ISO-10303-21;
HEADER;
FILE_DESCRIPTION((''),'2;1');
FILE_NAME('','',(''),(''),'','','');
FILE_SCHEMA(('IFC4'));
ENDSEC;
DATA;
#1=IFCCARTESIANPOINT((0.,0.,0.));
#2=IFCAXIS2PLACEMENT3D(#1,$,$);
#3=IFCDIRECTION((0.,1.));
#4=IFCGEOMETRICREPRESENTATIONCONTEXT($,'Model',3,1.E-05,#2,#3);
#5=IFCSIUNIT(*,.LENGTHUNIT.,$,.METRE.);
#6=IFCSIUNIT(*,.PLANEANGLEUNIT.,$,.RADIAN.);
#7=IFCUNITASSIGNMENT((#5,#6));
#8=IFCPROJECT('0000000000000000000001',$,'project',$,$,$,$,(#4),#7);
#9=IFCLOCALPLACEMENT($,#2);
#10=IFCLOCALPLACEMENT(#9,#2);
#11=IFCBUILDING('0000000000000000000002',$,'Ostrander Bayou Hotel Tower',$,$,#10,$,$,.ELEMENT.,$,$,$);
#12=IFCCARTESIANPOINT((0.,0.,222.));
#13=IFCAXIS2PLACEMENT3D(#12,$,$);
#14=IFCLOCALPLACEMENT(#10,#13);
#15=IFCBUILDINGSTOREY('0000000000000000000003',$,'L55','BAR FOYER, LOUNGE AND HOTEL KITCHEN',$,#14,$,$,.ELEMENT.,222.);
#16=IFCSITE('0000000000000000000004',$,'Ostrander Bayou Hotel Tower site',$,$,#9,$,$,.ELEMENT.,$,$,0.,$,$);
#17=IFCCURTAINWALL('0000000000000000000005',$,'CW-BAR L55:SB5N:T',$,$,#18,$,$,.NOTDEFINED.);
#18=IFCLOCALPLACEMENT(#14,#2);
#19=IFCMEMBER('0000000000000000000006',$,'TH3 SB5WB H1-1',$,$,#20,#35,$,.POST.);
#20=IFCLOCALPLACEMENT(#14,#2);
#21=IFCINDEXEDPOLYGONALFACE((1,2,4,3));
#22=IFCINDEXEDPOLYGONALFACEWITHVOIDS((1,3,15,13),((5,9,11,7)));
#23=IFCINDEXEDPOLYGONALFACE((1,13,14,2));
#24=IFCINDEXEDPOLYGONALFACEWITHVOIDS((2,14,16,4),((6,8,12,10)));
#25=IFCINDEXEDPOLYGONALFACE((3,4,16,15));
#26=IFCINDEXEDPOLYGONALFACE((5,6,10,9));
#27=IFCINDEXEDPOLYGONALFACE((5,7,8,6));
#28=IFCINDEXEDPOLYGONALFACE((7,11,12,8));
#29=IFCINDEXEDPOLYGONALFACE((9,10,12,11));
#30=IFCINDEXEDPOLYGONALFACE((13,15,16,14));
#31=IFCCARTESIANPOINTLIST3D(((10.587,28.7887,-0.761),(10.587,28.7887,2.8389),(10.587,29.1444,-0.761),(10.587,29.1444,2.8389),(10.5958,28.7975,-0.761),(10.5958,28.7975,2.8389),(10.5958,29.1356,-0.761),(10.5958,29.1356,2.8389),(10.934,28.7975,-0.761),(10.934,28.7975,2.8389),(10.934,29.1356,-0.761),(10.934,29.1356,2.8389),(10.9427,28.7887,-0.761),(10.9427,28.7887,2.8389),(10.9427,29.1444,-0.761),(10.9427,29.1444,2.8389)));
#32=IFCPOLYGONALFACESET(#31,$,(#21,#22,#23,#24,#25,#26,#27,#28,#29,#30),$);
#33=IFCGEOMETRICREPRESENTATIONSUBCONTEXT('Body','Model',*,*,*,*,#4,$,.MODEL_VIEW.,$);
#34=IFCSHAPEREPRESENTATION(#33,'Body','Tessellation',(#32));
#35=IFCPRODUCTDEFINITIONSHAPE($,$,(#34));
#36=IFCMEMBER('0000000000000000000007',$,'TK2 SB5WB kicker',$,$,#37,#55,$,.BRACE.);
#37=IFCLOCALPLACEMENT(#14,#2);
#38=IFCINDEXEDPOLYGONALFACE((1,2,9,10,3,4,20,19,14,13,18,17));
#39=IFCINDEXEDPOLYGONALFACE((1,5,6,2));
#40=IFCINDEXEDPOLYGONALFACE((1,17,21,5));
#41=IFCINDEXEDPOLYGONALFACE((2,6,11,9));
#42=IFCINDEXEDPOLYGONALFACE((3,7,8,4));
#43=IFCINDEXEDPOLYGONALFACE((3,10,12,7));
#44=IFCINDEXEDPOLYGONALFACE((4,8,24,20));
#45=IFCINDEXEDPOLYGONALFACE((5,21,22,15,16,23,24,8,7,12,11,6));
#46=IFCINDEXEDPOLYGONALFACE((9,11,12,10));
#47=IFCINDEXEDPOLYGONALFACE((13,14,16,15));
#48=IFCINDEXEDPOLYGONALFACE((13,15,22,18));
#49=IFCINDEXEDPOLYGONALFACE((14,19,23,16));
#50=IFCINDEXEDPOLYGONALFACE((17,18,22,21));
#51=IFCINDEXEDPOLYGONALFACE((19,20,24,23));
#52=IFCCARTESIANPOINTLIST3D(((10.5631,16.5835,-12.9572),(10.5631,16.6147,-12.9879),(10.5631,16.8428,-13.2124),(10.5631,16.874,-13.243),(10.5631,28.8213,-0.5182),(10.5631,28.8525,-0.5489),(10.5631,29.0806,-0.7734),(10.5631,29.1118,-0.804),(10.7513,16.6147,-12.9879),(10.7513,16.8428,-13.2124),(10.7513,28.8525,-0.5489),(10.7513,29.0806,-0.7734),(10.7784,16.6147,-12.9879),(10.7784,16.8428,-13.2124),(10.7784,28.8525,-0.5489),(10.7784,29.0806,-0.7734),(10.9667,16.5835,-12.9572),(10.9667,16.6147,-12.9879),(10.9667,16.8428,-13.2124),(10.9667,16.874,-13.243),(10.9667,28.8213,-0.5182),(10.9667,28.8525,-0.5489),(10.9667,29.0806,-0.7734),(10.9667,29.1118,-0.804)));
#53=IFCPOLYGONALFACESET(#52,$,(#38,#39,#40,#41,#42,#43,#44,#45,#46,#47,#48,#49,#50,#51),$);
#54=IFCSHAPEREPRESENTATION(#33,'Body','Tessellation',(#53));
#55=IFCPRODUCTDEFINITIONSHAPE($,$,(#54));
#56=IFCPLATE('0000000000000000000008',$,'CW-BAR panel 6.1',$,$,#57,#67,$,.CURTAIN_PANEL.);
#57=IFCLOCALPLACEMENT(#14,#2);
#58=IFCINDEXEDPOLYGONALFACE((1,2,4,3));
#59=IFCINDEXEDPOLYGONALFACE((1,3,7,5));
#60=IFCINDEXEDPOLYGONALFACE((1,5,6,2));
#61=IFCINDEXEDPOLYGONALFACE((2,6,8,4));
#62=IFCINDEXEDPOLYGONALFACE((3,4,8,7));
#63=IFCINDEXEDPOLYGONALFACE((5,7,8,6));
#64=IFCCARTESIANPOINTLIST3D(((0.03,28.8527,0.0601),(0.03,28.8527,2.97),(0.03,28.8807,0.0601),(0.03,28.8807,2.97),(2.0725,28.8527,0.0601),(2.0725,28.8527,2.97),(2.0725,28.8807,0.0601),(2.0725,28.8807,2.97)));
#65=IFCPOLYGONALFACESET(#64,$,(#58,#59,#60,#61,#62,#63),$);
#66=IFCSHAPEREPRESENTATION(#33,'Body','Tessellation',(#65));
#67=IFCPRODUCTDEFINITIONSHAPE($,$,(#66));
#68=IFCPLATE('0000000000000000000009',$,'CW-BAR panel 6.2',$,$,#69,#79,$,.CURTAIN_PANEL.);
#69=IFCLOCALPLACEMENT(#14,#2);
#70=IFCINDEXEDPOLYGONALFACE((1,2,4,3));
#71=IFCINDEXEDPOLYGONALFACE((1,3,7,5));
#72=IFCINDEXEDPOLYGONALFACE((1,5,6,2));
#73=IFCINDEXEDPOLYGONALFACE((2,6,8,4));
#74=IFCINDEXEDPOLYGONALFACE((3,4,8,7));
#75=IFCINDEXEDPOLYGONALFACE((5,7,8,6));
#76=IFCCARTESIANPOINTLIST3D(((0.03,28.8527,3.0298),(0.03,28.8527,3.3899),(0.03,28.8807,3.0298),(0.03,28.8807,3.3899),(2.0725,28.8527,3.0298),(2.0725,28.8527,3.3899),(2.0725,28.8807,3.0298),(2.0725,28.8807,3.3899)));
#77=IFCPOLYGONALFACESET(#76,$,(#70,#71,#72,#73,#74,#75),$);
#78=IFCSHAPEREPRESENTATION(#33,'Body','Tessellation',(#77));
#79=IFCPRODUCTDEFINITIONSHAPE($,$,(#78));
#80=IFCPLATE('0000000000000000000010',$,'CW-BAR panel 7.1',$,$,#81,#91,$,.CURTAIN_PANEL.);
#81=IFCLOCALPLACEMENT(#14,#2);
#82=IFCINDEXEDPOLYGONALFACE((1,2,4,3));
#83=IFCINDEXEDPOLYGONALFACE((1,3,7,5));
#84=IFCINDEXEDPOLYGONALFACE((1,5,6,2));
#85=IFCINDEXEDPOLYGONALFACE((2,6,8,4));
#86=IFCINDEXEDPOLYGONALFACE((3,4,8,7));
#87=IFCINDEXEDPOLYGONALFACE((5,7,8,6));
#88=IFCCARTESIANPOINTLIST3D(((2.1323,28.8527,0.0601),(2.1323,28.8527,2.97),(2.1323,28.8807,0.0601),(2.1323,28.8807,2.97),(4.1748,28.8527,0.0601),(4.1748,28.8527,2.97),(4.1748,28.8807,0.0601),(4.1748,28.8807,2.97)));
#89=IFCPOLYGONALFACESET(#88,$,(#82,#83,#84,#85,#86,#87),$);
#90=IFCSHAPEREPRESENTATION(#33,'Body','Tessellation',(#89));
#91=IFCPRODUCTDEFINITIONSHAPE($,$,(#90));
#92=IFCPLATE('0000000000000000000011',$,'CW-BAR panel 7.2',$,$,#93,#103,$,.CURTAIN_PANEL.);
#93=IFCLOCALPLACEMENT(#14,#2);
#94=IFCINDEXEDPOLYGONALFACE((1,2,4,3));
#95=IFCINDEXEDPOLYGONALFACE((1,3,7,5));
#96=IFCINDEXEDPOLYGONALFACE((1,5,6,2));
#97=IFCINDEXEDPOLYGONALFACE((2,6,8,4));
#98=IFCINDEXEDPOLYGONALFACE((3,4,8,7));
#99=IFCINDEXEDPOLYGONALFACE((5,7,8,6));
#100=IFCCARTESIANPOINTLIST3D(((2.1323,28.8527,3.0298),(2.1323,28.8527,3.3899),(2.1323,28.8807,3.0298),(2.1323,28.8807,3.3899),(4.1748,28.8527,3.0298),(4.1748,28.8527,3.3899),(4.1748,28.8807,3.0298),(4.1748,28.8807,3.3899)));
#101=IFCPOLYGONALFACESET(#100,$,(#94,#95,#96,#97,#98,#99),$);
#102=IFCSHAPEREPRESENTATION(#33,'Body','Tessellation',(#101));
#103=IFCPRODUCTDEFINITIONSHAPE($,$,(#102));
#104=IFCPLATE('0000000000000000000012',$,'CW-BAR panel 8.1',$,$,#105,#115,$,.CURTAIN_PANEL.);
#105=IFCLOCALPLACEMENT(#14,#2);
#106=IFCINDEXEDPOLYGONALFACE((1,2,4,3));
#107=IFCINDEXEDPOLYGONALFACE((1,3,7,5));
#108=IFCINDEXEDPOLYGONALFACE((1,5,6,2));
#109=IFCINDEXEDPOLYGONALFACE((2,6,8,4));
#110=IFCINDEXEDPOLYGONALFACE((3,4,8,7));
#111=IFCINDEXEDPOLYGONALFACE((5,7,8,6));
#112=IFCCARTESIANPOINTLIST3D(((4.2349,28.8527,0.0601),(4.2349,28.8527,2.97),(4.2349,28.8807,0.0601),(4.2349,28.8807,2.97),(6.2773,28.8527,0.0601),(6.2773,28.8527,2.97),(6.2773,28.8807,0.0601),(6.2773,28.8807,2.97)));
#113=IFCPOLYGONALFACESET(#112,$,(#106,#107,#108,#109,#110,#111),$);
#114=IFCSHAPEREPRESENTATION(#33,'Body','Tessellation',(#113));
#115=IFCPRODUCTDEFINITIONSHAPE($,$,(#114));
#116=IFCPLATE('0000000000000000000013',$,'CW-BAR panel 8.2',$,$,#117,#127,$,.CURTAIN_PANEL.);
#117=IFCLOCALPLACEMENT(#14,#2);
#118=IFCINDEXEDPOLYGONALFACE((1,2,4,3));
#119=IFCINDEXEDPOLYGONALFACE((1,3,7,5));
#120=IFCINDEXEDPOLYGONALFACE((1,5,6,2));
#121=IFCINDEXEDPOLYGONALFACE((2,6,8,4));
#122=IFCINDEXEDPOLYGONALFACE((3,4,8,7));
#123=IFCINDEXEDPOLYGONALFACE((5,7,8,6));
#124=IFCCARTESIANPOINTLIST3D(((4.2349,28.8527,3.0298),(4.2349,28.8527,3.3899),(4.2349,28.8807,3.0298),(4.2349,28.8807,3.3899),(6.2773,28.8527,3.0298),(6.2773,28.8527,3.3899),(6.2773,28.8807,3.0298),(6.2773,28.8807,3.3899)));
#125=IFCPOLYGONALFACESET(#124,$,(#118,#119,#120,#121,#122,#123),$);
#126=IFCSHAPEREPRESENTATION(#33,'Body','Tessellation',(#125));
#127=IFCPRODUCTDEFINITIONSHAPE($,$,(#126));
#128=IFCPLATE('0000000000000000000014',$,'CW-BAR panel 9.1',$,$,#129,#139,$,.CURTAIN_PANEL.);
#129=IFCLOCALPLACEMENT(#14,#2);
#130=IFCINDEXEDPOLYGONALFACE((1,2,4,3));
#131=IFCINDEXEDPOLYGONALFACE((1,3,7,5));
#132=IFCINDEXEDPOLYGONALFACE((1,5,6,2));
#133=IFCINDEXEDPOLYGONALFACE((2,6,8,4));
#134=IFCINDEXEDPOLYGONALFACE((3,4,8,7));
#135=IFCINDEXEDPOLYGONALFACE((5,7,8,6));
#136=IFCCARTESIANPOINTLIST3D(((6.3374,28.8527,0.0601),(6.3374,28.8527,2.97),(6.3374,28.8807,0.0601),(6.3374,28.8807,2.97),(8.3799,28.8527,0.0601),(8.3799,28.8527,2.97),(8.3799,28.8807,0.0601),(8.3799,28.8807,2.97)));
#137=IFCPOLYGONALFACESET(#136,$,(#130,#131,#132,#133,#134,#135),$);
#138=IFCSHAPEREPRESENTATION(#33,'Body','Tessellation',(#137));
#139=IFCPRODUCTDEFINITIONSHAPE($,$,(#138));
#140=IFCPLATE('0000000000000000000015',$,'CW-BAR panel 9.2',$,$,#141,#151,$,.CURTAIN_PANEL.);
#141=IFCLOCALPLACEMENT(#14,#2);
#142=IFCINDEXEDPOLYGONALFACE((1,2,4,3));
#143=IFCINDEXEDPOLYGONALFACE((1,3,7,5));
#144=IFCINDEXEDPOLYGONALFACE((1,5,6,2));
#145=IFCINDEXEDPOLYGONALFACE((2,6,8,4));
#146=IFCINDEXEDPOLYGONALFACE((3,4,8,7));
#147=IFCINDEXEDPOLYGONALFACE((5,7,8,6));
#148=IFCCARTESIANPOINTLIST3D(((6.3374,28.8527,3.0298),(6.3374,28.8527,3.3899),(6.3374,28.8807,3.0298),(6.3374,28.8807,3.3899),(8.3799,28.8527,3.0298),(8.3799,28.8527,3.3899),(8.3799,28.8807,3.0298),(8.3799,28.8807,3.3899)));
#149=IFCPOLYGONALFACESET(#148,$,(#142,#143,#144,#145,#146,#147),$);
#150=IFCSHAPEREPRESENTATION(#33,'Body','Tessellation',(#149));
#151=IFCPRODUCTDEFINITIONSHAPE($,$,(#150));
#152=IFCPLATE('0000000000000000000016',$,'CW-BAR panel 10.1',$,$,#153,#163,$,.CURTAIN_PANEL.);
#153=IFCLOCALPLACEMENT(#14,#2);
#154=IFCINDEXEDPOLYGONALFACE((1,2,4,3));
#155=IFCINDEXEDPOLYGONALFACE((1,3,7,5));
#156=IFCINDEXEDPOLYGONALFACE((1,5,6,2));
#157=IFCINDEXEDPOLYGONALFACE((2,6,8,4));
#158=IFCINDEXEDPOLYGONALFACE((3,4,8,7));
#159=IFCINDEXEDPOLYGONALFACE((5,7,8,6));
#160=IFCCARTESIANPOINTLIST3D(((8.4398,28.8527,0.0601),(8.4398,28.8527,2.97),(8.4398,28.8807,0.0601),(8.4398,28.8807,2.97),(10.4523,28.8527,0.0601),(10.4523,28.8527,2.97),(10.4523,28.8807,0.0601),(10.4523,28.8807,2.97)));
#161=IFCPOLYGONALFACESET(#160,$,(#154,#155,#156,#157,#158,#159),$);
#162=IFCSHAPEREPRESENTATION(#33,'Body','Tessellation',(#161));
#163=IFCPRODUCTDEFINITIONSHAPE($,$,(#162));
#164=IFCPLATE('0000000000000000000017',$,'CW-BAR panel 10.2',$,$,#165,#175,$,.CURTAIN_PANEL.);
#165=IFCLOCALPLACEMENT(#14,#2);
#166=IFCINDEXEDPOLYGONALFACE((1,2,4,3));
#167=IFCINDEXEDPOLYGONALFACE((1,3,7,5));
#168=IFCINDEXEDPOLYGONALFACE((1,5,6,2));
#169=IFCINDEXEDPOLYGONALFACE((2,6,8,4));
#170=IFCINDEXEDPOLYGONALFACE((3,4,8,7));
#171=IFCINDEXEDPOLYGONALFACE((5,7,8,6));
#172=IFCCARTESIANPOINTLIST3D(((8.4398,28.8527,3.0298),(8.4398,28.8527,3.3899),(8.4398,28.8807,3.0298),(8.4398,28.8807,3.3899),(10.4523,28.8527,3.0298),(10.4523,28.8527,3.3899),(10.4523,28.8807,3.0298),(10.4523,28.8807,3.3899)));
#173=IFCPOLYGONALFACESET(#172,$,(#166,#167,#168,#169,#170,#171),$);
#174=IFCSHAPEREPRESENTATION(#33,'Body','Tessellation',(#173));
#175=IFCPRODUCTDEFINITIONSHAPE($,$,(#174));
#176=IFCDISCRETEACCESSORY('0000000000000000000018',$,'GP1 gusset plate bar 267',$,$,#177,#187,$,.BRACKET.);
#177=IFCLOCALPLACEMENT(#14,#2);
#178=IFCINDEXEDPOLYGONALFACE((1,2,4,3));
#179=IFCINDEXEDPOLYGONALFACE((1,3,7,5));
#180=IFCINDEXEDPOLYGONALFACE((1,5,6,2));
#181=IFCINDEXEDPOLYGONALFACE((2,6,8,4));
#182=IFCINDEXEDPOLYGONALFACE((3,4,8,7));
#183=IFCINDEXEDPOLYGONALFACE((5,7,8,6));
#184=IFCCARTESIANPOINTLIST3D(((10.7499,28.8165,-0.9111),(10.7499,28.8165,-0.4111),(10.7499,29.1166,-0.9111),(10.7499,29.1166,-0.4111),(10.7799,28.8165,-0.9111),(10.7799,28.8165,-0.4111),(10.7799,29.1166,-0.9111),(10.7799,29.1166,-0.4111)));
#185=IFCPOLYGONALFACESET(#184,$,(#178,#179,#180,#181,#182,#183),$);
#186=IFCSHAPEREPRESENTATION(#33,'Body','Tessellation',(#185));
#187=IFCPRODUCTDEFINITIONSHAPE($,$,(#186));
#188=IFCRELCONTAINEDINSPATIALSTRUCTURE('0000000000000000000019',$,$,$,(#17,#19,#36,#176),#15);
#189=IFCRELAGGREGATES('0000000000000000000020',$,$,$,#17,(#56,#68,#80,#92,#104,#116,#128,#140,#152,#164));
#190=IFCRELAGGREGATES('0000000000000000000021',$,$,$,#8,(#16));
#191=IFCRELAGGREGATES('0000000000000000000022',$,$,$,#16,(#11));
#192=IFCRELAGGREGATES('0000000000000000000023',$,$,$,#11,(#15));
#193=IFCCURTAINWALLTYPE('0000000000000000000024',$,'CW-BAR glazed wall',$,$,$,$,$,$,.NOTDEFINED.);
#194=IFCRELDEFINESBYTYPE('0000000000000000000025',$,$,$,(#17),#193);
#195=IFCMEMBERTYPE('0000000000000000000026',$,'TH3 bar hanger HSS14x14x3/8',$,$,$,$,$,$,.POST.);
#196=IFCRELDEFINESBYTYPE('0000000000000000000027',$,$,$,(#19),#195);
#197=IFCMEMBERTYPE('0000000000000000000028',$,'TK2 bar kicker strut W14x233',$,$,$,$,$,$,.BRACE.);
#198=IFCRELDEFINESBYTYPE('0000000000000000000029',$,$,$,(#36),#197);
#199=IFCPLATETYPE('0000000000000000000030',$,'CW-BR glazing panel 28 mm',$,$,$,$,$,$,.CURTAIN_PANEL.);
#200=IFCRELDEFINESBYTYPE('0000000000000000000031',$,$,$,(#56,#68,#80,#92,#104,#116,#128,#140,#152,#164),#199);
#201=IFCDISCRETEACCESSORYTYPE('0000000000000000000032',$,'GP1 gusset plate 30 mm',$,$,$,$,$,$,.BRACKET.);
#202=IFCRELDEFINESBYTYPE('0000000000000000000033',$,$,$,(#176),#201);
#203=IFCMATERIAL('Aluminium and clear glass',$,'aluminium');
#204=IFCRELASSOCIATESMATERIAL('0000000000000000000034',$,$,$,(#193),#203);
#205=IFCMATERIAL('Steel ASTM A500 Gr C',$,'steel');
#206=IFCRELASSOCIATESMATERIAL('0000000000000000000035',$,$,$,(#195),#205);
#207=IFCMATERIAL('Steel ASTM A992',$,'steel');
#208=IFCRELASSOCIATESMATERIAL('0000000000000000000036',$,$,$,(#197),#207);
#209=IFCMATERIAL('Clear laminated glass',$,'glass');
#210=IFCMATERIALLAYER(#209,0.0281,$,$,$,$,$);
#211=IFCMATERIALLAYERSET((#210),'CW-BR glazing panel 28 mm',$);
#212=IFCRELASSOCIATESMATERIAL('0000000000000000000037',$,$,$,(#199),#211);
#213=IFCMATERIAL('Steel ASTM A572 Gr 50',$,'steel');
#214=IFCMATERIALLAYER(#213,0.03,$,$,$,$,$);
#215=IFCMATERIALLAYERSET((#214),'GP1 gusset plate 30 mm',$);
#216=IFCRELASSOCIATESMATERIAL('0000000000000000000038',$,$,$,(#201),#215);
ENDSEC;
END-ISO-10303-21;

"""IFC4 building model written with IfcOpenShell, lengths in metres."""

from ifc_helpers import new_model, si_unit, direction, frame, origin, origin_2d, place, context, subcontext, project, spatial, rectangle, hollow_rectangle, i_section, extrude, material, layer, layer_set, material_profile, profile_set, type_object, element, aggregate, save


model = new_model("IFC4")

# Units and contexts
model_context = context("Model", 3, precision=1e-05, world=origin(), true_north=direction((0.0, 1.0)))
body_context = subcontext(model_context, "Body", "Model", "MODEL_VIEW")
ifc_project = project(units=[si_unit("LENGTHUNIT", "METRE"), si_unit("PLANEANGLEUNIT", "RADIAN")], contexts=[model_context])

# Site, building, storey
site_placement = place(None, origin())
site = spatial("IfcSite", under=ifc_project, at=site_placement, Name="Ostrander Bayou Hotel Tower site", CompositionType="ELEMENT", RefElevation=0.0)
building_placement = place(site_placement, origin())
building = spatial("IfcBuilding", under=site, at=building_placement, Name="Ostrander Bayou Hotel Tower", CompositionType="ELEMENT")
storey_placement = place(building_placement, frame((0.0, 0.0, 222.0)))
storey = spatial("IfcBuildingStorey", under=building, at=storey_placement, Name="L55", Description="BAR FOYER, LOUNGE AND HOTEL KITCHEN", CompositionType="ELEMENT", Elevation=222.0)

# Curtain wall
ifc_material_1 = material(Name="Aluminium and clear glass", Category="aluminium")
curtain_wall_type = type_object("IfcCurtainWallType", Name="CW-BAR glazed wall", PredefinedType="NOTDEFINED", material=ifc_material_1)
curtain_wall_1_placement = place(storey_placement, origin())
curtain_wall_1 = element("IfcCurtainWall", 1, at=curtain_wall_1_placement, inside=storey, type_object=curtain_wall_type, Name="CW-BAR L55:SB5N:T", PredefinedType="NOTDEFINED")

# Members
ifc_material_2 = material(Name="Steel ASTM A500 Gr C", Category="steel")
ifc_material_profile_1 = material_profile(ifc_material_2, hollow_rectangle(XDim=0.3557, YDim=0.3557, WallThickness=0.0088, at=origin_2d()))
ifc_profile_set_1 = profile_set([ifc_material_profile_1], Name="Steel ASTM A500 Gr C")
member_type_1 = type_object("IfcMemberType", Name="TH3 bar hanger HSS14x14x3/8", PredefinedType="POST", material=ifc_profile_set_1)
member_1_placement = place(storey_placement, frame((10.7649, 28.9666, -0.761), z_axis=(0.0, 0.0, 1.0), x_axis=(1.0, 0.0, 0.0)))
element("IfcMember", 2, at=member_1_placement, inside=storey, type_object=member_type_1, Name="TH3 SB5WB H1-1", PredefinedType="POST", context=body_context, shape_type="SweptSolid", body=[
    extrude(hollow_rectangle(XDim=0.3557, YDim=0.3557, WallThickness=0.0088, at=origin_2d()), origin(), (0.0, 0.0, 1.0), 3.5999),
])
ifc_material_3 = material(Name="Steel ASTM A992", Category="steel")
ifc_material_profile_2 = material_profile(ifc_material_3, i_section(OverallWidth=0.4036, OverallDepth=0.4075, WebThickness=0.0271, FlangeThickness=0.0437, at=origin_2d()))
ifc_profile_set_2 = profile_set([ifc_material_profile_2], Name="Steel ASTM A992")
member_type_2 = type_object("IfcMemberType", Name="TK2 bar kicker strut W14x233", PredefinedType="BRACE", material=ifc_profile_set_2)
member_2_placement = place(storey_placement, frame((10.7649, 28.9666, -0.6611), z_axis=(0.0, -0.701319, -0.712848), x_axis=(1.0, 0.0, 0.0)))
element("IfcMember", 3, at=member_2_placement, inside=storey, type_object=member_type_2, Name="TK2 SB5WB kicker", PredefinedType="BRACE", context=body_context, shape_type="SweptSolid", body=[
    extrude(i_section(OverallWidth=0.4036, OverallDepth=0.4075, WebThickness=0.0271, FlangeThickness=0.0437, at=origin_2d()), origin(), (0.0, 0.0, 1.0), 17.4497),
])

# Plates
ifc_material_4 = material(Name="Clear laminated glass", Category="glass")
ifc_layer_1 = layer(ifc_material_4, 0.0281)
ifc_layer_set_1 = layer_set([ifc_layer_1], Name="CW-BR glazing panel 28 mm")
plate_type = type_object("IfcPlateType", Name="CW-BR glazing panel 28 mm", PredefinedType="CURTAIN_PANEL", material=ifc_layer_set_1)
plate_1_placement = place(storey_placement, frame((1.0513, 28.8667, 0.0601), z_axis=(0.0, 0.0, 1.0), x_axis=(1.0, 0.0, 0.0)))
plate_1 = element("IfcPlate", 4, at=plate_1_placement, type_object=plate_type, Name="CW-BAR panel 6.1", PredefinedType="CURTAIN_PANEL", context=body_context, shape_type="SweptSolid", body=[
    extrude(rectangle(XDim=2.0425, YDim=0.0281, at=origin_2d()), origin(), (0.0, 0.0, 1.0), 2.9099),
])
plate_2_placement = place(storey_placement, frame((1.0513, 28.8667, 3.0298), z_axis=(0.0, 0.0, 1.0), x_axis=(1.0, 0.0, 0.0)))
plate_2 = element("IfcPlate", 5, at=plate_2_placement, type_object=plate_type, Name="CW-BAR panel 6.2", PredefinedType="CURTAIN_PANEL", context=body_context, shape_type="SweptSolid", body=[
    extrude(rectangle(XDim=2.0425, YDim=0.0281, at=origin_2d()), origin(), (0.0, 0.0, 1.0), 0.3601),
])
plate_3_placement = place(storey_placement, frame((3.1536, 28.8667, 0.0601), z_axis=(0.0, 0.0, 1.0), x_axis=(1.0, 0.0, 0.0)))
plate_3 = element("IfcPlate", 6, at=plate_3_placement, type_object=plate_type, Name="CW-BAR panel 7.1", PredefinedType="CURTAIN_PANEL", context=body_context, shape_type="SweptSolid", body=[
    extrude(rectangle(XDim=2.0425, YDim=0.0281, at=origin_2d()), origin(), (0.0, 0.0, 1.0), 2.9099),
])
plate_4_placement = place(storey_placement, frame((3.1536, 28.8667, 3.0298), z_axis=(0.0, 0.0, 1.0), x_axis=(1.0, 0.0, 0.0)))
plate_4 = element("IfcPlate", 7, at=plate_4_placement, type_object=plate_type, Name="CW-BAR panel 7.2", PredefinedType="CURTAIN_PANEL", context=body_context, shape_type="SweptSolid", body=[
    extrude(rectangle(XDim=2.0425, YDim=0.0281, at=origin_2d()), origin(), (0.0, 0.0, 1.0), 0.3601),
])
plate_5_placement = place(storey_placement, frame((5.2561, 28.8667, 0.0601), z_axis=(0.0, 0.0, 1.0), x_axis=(1.0, 0.0, 0.0)))
plate_5 = element("IfcPlate", 8, at=plate_5_placement, type_object=plate_type, Name="CW-BAR panel 8.1", PredefinedType="CURTAIN_PANEL", context=body_context, shape_type="SweptSolid", body=[
    extrude(rectangle(XDim=2.0425, YDim=0.0281, at=origin_2d()), origin(), (0.0, 0.0, 1.0), 2.9099),
])
plate_6_placement = place(storey_placement, frame((5.2561, 28.8667, 3.0298), z_axis=(0.0, 0.0, 1.0), x_axis=(1.0, 0.0, 0.0)))
plate_6 = element("IfcPlate", 9, at=plate_6_placement, type_object=plate_type, Name="CW-BAR panel 8.2", PredefinedType="CURTAIN_PANEL", context=body_context, shape_type="SweptSolid", body=[
    extrude(rectangle(XDim=2.0425, YDim=0.0281, at=origin_2d()), origin(), (0.0, 0.0, 1.0), 0.3601),
])
plate_7_placement = place(storey_placement, frame((7.3586, 28.8667, 0.0601), z_axis=(0.0, 0.0, 1.0), x_axis=(1.0, 0.0, 0.0)))
plate_7 = element("IfcPlate", 10, at=plate_7_placement, type_object=plate_type, Name="CW-BAR panel 9.1", PredefinedType="CURTAIN_PANEL", context=body_context, shape_type="SweptSolid", body=[
    extrude(rectangle(XDim=2.0425, YDim=0.0281, at=origin_2d()), origin(), (0.0, 0.0, 1.0), 2.9099),
])
plate_8_placement = place(storey_placement, frame((7.3586, 28.8667, 3.0298), z_axis=(0.0, 0.0, 1.0), x_axis=(1.0, 0.0, 0.0)))
plate_8 = element("IfcPlate", 11, at=plate_8_placement, type_object=plate_type, Name="CW-BAR panel 9.2", PredefinedType="CURTAIN_PANEL", context=body_context, shape_type="SweptSolid", body=[
    extrude(rectangle(XDim=2.0425, YDim=0.0281, at=origin_2d()), origin(), (0.0, 0.0, 1.0), 0.3601),
])
plate_9_placement = place(storey_placement, frame((9.446, 28.8667, 0.0601), z_axis=(0.0, 0.0, 1.0), x_axis=(1.0, 0.0, 0.0)))
plate_9 = element("IfcPlate", 12, at=plate_9_placement, type_object=plate_type, Name="CW-BAR panel 10.1", PredefinedType="CURTAIN_PANEL", context=body_context, shape_type="SweptSolid", body=[
    extrude(rectangle(XDim=2.0125, YDim=0.0281, at=origin_2d()), origin(), (0.0, 0.0, 1.0), 2.9099),
])
plate_10_placement = place(storey_placement, frame((9.446, 28.8667, 3.0298), z_axis=(0.0, 0.0, 1.0), x_axis=(1.0, 0.0, 0.0)))
plate_10 = element("IfcPlate", 13, at=plate_10_placement, type_object=plate_type, Name="CW-BAR panel 10.2", PredefinedType="CURTAIN_PANEL", context=body_context, shape_type="SweptSolid", body=[
    extrude(rectangle(XDim=2.0125, YDim=0.0281, at=origin_2d()), origin(), (0.0, 0.0, 1.0), 0.3601),
])
aggregate(curtain_wall_1, [plate_1, plate_2, plate_3, plate_4, plate_5, plate_6, plate_7, plate_8, plate_9, plate_10])

# Discrete accessory
ifc_material_5 = material(Name="Steel ASTM A572 Gr 50", Category="steel")
ifc_layer_2 = layer(ifc_material_5, 0.03)
ifc_layer_set_2 = layer_set([ifc_layer_2], Name="GP1 gusset plate 30 mm")
discrete_accessory_type = type_object("IfcDiscreteAccessoryType", Name="GP1 gusset plate 30 mm", PredefinedType="BRACKET", material=ifc_layer_set_2)
discrete_accessory_placement = place(storey_placement, frame((10.7649, 28.9666, -0.9111), z_axis=(0.0, 0.0, 1.0), x_axis=(0.0, -1.0, 0.0)))
element("IfcDiscreteAccessory", 14, at=discrete_accessory_placement, inside=storey, type_object=discrete_accessory_type, Name="GP1 gusset plate bar 267", PredefinedType="BRACKET", context=body_context, shape_type="SweptSolid", body=[
    extrude(rectangle(XDim=0.3, YDim=0.03, at=origin_2d()), origin(), (0.0, 0.0, 1.0), 0.5),
])

save(model, "model.ifc")
